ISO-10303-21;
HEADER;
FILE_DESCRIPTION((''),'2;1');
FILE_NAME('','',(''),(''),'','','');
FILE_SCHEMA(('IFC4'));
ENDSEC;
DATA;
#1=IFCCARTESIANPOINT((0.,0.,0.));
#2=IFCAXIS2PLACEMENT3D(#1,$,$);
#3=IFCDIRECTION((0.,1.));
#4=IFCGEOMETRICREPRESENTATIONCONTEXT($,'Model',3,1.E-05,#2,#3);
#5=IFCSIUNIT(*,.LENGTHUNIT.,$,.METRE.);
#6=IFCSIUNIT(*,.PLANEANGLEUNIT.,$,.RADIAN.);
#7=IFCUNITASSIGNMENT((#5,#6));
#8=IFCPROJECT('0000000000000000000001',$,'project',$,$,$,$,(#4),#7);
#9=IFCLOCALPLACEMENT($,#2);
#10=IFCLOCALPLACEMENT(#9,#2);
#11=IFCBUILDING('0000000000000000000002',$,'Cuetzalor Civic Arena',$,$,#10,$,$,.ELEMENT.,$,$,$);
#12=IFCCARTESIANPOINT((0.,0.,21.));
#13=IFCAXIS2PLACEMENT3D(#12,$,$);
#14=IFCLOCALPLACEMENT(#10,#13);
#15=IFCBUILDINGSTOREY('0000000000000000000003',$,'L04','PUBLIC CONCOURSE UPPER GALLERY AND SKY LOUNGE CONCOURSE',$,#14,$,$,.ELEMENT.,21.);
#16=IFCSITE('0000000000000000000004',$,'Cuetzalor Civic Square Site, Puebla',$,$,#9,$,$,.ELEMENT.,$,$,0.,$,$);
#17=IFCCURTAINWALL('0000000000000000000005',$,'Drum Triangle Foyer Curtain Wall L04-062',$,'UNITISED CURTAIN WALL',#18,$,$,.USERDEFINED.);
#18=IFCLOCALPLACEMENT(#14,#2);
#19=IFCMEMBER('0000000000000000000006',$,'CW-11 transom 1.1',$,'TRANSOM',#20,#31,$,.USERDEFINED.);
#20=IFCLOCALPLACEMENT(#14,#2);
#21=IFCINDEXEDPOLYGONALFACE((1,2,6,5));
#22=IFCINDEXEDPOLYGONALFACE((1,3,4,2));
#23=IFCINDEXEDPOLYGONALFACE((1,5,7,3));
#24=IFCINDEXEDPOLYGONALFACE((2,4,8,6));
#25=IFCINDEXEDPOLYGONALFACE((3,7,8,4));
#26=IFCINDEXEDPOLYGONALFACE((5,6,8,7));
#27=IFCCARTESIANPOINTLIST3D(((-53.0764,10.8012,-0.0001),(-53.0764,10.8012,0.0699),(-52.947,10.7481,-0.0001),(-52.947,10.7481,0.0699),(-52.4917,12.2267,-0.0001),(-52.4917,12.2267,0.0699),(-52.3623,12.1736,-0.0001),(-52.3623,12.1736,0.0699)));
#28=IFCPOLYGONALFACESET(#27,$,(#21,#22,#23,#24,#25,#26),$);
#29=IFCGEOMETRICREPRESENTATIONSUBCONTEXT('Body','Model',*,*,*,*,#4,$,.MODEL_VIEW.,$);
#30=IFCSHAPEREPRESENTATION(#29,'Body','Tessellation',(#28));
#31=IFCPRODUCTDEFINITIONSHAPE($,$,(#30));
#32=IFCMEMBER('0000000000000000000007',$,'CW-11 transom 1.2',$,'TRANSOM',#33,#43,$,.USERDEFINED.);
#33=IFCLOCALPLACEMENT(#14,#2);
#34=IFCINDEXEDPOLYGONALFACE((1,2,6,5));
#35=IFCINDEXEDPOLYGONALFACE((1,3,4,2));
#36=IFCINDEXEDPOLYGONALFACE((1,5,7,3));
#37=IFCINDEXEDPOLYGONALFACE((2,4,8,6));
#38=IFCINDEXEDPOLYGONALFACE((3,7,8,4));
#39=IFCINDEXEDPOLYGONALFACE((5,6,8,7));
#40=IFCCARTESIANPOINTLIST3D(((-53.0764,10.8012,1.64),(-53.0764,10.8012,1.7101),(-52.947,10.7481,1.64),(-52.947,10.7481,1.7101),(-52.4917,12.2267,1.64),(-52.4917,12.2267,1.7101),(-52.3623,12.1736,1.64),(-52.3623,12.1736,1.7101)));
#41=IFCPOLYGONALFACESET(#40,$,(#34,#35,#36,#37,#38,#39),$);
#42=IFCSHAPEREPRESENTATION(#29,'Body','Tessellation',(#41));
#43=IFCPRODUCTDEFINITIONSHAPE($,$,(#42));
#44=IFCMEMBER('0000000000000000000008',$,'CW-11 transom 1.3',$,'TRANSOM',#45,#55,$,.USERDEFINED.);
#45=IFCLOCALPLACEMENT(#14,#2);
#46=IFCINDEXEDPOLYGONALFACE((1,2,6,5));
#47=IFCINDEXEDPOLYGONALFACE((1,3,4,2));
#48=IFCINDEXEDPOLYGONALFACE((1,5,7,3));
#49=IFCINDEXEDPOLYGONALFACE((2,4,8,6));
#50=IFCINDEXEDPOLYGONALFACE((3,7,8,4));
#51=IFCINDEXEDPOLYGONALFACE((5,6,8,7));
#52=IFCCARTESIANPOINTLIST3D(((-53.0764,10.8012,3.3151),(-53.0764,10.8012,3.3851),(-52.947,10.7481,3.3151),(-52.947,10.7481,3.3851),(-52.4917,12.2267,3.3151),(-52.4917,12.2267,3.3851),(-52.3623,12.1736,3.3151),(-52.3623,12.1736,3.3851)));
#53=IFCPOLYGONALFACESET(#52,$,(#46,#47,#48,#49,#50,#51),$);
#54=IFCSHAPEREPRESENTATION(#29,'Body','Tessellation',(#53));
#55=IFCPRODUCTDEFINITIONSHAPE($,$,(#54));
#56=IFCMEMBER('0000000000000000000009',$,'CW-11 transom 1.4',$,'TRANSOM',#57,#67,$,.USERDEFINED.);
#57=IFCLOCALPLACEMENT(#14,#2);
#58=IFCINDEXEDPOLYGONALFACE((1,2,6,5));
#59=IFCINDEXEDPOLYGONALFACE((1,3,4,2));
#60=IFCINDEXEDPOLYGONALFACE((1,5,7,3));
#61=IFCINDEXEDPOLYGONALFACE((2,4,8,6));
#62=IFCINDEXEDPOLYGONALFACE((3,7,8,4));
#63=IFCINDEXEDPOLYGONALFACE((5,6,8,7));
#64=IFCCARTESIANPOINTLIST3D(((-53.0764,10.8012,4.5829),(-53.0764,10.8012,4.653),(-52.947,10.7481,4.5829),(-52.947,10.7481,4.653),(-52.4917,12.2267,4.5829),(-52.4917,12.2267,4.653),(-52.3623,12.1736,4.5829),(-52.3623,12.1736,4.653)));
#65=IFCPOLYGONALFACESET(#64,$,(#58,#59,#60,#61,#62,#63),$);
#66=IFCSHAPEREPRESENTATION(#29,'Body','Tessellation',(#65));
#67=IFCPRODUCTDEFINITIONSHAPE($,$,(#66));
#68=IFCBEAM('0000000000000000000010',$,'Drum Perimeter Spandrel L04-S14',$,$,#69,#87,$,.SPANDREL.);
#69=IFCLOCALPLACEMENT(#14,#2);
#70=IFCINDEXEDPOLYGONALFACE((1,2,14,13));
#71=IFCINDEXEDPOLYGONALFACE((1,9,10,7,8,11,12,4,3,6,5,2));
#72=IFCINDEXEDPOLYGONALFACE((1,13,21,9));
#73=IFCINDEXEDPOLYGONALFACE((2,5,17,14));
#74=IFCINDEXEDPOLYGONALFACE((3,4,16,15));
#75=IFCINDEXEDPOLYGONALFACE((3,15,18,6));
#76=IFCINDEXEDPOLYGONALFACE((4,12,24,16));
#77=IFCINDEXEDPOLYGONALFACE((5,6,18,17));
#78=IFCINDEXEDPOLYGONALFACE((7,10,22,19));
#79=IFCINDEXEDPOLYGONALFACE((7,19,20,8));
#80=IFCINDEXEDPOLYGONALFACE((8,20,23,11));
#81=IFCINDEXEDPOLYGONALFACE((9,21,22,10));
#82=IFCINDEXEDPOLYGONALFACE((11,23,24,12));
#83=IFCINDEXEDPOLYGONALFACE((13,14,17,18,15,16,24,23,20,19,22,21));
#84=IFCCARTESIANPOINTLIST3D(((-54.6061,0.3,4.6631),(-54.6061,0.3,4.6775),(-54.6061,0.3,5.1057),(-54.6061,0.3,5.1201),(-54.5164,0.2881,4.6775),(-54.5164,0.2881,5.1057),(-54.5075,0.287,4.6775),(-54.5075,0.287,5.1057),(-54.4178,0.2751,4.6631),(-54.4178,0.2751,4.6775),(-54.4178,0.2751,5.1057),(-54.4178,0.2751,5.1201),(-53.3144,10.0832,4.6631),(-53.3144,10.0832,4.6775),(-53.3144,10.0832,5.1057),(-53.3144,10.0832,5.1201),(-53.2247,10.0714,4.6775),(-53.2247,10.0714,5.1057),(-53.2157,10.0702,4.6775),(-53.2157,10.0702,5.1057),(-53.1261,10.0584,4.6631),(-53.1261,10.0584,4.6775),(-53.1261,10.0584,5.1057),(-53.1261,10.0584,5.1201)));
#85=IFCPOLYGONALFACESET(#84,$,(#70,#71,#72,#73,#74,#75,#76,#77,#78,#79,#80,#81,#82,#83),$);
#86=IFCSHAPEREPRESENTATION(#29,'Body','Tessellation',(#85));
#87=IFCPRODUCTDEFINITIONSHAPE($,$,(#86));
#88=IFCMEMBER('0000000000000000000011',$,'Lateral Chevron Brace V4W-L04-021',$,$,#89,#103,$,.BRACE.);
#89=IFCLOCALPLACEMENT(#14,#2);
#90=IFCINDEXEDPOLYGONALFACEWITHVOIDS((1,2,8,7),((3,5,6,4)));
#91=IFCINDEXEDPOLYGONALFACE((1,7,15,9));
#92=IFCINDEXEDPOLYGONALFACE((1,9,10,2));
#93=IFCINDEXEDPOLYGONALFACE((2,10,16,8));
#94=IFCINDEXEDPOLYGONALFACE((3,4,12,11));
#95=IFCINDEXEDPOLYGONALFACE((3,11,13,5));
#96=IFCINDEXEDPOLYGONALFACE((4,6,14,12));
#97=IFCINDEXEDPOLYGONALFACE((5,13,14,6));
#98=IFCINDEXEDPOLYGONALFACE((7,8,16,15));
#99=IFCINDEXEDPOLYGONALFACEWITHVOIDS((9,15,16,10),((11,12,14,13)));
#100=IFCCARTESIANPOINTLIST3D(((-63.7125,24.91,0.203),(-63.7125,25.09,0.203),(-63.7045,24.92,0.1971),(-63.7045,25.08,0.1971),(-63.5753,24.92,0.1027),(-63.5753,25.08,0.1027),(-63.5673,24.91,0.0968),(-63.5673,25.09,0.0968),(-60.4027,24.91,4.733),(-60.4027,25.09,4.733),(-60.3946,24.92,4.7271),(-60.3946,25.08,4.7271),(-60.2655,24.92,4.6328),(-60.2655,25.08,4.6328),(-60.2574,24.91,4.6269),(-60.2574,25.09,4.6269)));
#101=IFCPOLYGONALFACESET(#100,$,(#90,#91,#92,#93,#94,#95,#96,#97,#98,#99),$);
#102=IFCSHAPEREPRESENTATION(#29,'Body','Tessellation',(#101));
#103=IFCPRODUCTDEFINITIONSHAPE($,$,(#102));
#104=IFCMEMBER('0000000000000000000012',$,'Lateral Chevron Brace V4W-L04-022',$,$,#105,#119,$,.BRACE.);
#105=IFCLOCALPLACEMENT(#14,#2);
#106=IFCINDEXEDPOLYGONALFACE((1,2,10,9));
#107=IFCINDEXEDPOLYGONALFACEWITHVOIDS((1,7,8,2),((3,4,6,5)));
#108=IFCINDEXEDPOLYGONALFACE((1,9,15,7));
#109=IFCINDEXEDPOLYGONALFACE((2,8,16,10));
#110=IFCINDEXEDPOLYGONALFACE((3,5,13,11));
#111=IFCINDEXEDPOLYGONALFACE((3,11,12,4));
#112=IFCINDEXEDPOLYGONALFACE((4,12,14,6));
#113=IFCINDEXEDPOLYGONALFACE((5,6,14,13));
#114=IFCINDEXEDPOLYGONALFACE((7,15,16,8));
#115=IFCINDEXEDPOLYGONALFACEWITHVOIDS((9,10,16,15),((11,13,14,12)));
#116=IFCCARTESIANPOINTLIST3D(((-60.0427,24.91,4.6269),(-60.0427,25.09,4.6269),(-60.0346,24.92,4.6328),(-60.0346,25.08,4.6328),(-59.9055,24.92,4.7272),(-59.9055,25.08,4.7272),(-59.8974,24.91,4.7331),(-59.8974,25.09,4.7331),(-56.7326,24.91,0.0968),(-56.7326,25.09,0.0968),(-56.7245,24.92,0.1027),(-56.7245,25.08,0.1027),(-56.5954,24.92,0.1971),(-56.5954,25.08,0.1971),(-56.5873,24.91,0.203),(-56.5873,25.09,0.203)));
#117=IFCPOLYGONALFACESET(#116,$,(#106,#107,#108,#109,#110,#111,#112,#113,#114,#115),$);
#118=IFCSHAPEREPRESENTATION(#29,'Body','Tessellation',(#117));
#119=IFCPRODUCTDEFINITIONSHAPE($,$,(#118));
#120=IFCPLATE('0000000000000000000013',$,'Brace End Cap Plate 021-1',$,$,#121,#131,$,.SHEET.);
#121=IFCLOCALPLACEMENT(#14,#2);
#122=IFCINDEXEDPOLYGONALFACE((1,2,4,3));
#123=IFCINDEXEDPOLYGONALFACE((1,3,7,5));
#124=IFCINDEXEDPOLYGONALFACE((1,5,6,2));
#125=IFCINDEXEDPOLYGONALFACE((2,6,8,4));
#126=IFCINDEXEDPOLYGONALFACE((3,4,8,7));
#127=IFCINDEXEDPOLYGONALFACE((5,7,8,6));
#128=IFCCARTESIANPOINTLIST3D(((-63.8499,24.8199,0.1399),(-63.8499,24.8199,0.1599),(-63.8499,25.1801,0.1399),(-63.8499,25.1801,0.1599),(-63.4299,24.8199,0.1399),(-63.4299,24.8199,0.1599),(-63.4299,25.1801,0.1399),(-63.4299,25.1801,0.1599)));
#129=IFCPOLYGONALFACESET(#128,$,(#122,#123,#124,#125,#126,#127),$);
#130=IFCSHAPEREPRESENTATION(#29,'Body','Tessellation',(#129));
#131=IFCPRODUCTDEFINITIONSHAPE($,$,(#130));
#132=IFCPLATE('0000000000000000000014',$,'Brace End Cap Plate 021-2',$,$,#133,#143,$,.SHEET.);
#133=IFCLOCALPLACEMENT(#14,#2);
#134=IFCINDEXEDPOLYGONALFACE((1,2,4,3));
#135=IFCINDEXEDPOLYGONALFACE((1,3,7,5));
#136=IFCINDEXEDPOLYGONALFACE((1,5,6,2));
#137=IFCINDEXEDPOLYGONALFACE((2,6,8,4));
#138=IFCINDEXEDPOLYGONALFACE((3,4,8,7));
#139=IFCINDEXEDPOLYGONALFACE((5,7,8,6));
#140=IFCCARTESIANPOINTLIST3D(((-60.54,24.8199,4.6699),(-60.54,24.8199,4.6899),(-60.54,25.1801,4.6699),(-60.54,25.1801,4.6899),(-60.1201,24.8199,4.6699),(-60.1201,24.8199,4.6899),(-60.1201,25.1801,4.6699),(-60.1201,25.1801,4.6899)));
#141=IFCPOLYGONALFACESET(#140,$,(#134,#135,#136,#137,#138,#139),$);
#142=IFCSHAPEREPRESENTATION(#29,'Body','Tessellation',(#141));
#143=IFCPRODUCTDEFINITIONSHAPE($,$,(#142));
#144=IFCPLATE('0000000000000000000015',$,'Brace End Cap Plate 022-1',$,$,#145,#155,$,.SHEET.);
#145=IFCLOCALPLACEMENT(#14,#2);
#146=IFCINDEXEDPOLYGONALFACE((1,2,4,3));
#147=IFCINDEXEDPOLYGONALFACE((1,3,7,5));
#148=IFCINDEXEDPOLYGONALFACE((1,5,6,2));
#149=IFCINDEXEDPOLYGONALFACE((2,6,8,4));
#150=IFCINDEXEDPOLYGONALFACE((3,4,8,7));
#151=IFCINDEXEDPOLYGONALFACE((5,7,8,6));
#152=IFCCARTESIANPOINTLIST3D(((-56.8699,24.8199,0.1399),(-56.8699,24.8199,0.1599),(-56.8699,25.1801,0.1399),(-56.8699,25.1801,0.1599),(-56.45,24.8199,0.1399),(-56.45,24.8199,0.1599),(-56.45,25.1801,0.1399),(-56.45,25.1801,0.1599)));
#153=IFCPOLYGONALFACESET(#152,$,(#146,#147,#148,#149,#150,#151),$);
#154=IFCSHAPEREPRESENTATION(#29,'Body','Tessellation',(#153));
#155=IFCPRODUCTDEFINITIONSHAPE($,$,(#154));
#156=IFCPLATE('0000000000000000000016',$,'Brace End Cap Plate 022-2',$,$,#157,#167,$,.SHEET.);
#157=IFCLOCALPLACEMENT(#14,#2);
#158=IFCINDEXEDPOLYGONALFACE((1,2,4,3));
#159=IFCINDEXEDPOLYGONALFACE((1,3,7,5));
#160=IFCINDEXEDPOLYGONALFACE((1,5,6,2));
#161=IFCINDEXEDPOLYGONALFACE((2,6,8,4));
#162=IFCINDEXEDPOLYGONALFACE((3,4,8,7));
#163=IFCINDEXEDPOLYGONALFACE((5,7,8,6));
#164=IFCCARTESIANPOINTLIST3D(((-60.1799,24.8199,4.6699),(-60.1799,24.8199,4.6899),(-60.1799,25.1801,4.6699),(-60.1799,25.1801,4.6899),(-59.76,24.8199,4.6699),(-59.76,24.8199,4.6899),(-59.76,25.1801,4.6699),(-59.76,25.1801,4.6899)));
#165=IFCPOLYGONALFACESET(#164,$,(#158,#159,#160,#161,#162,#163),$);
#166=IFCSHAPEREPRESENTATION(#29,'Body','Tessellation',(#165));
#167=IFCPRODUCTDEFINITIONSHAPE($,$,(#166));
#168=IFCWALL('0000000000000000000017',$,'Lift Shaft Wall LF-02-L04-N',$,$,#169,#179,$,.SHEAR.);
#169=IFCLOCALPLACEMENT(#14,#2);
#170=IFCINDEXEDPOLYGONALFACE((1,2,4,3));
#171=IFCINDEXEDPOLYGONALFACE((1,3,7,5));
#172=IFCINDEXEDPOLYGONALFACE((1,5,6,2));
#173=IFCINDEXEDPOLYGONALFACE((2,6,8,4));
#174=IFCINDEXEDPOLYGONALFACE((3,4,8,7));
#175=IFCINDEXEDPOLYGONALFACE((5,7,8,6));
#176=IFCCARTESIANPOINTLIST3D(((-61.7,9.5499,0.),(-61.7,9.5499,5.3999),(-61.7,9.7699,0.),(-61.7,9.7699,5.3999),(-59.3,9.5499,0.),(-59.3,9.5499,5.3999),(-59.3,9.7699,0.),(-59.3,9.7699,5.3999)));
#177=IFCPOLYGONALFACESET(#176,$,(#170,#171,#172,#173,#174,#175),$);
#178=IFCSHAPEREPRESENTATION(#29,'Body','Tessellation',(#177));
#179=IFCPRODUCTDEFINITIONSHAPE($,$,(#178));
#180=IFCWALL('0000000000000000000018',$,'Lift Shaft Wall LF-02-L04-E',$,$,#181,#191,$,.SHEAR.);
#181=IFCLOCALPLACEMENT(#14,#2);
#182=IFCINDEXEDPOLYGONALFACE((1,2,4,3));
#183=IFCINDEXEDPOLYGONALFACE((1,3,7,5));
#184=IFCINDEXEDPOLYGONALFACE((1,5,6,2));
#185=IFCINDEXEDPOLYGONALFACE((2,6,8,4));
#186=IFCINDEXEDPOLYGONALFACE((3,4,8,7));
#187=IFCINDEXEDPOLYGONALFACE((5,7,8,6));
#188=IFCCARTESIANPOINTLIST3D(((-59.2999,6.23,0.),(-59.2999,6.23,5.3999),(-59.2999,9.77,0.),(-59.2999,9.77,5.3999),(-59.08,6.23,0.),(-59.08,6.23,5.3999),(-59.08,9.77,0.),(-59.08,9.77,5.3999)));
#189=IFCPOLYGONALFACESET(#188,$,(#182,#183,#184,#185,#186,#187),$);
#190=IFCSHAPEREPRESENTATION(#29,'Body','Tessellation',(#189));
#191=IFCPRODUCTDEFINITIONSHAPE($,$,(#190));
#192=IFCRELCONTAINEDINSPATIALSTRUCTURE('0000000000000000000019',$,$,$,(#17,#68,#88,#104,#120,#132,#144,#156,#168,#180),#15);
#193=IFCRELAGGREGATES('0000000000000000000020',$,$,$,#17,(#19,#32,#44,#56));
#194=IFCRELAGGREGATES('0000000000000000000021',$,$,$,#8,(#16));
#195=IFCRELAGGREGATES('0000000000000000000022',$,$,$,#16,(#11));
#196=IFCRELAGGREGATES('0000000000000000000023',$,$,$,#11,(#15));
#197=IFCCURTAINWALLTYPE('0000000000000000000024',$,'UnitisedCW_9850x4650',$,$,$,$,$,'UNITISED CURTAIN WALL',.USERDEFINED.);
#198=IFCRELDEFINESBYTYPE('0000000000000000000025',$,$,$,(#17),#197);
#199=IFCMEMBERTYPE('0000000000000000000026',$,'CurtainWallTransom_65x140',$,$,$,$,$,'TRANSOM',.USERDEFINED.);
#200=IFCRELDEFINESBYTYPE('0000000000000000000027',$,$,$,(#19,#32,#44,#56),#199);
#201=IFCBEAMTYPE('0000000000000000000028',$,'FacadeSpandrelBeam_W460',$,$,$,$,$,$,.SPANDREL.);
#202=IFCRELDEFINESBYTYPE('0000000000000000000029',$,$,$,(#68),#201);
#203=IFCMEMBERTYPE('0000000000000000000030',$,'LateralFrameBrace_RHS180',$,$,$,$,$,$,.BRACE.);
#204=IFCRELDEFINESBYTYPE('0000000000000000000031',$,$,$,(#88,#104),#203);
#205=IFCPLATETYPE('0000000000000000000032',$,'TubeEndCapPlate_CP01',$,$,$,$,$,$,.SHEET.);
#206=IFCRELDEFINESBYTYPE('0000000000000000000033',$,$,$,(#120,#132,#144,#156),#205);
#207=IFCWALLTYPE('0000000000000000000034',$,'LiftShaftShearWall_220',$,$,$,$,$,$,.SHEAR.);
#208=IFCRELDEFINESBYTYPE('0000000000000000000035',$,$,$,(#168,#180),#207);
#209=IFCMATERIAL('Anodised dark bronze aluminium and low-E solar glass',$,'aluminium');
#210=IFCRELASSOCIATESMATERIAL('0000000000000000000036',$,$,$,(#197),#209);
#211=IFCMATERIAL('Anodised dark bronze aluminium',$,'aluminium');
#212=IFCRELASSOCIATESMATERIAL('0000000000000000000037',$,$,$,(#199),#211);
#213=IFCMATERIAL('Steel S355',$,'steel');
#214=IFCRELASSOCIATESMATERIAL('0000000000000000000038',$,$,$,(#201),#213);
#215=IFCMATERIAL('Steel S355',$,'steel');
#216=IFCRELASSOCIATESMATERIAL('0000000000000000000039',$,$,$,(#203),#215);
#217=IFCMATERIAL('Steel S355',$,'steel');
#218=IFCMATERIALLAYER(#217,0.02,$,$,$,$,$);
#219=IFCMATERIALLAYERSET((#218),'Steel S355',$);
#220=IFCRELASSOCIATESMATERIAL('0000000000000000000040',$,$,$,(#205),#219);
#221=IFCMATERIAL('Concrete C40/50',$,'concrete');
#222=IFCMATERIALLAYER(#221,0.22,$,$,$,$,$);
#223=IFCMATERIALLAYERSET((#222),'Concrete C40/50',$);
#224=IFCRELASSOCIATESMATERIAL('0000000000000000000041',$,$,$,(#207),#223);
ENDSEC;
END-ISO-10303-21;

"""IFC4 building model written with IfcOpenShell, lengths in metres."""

from ifc_helpers import new_model, si_unit, direction, frame, frame_2d, origin, origin_2d, place, context, subcontext, project, spatial, rectangle, hollow_rectangle, i_section, extrude, material, layer, layer_set, material_profile, profile_set, type_object, element, aggregate, save


model = new_model("IFC4")

# Units and contexts
model_context = context("Model", 3, precision=1e-05, world=origin(), true_north=direction((0.0, 1.0)))
body_context = subcontext(model_context, "Body", "Model", "MODEL_VIEW")
ifc_project = project(units=[si_unit("LENGTHUNIT", "METRE"), si_unit("PLANEANGLEUNIT", "RADIAN")], contexts=[model_context])

# Site, building, storey
site_placement = place(None, origin())
site = spatial("IfcSite", under=ifc_project, at=site_placement, Name="Cuetzalor Civic Square Site, Puebla", CompositionType="ELEMENT", RefElevation=0.0)
building_placement = place(site_placement, origin())
building = spatial("IfcBuilding", under=site, at=building_placement, Name="Cuetzalor Civic Arena", CompositionType="ELEMENT")
storey_placement = place(building_placement, frame((0.0, 0.0, 21.0)))
storey = spatial("IfcBuildingStorey", under=building, at=storey_placement, Name="L04", Description="PUBLIC CONCOURSE UPPER GALLERY AND SKY LOUNGE CONCOURSE", CompositionType="ELEMENT", Elevation=21.0)

# Curtain wall, members
ifc_material_1 = material(Name="Anodised dark bronze aluminium and low-E solar glass", Category="aluminium")
curtain_wall_type = type_object("IfcCurtainWallType", Name="UnitisedCW_9850x4650", ElementType="UNITISED CURTAIN WALL", PredefinedType="USERDEFINED", material=ifc_material_1)
curtain_wall_placement = place(storey_placement, origin())
curtain_wall = element("IfcCurtainWall", 1, at=curtain_wall_placement, inside=storey, type_object=curtain_wall_type, Name="Drum Triangle Foyer Curtain Wall L04-062", ObjectType="UNITISED CURTAIN WALL", PredefinedType="USERDEFINED")
ifc_material_2 = material(Name="Anodised dark bronze aluminium", Category="aluminium")
ifc_material_profile_1 = material_profile(ifc_material_2, rectangle(XDim=0.1399, YDim=0.0701, at=origin_2d()), Name="ALU TRANSOM 70x140")
ifc_profile_set_1 = profile_set([ifc_material_profile_1], Name="Anodised dark bronze aluminium")
member_type_1 = type_object("IfcMemberType", Name="CurtainWallTransom_65x140", ElementType="TRANSOM", PredefinedType="USERDEFINED", material=ifc_profile_set_1)
member_1_placement = place(storey_placement, frame((-53.0117, 10.7747, 0.0349), z_axis=(0.37949, 0.925196, 0.0), x_axis=(-0.925196, 0.37949, 0.0)))
member_1 = element("IfcMember", 2, at=member_1_placement, type_object=member_type_1, Name="CW-11 transom 1.1", ObjectType="TRANSOM", PredefinedType="USERDEFINED", context=body_context, shape_type="SweptSolid", body=[
    extrude(rectangle(XDim=0.1399, YDim=0.0701, at=origin_2d()), origin(), (0.0, 0.0, 1.0), 1.5408),
])
member_2_placement = place(storey_placement, frame((-53.0117, 10.7747, 1.675), z_axis=(0.37949, 0.925196, 0.0), x_axis=(-0.925196, 0.37949, 0.0)))
member_2 = element("IfcMember", 3, at=member_2_placement, type_object=member_type_1, Name="CW-11 transom 1.2", ObjectType="TRANSOM", PredefinedType="USERDEFINED", context=body_context, shape_type="SweptSolid", body=[
    extrude(rectangle(XDim=0.1399, YDim=0.0701, at=origin_2d()), origin(), (0.0, 0.0, 1.0), 1.5408),
])
member_3_placement = place(storey_placement, frame((-53.0117, 10.7747, 3.3501), z_axis=(0.37949, 0.925196, 0.0), x_axis=(-0.925196, 0.37949, 0.0)))
member_3 = element("IfcMember", 4, at=member_3_placement, type_object=member_type_1, Name="CW-11 transom 1.3", ObjectType="TRANSOM", PredefinedType="USERDEFINED", context=body_context, shape_type="SweptSolid", body=[
    extrude(rectangle(XDim=0.1399, YDim=0.0701, at=origin_2d()), origin(), (0.0, 0.0, 1.0), 1.5408),
])
member_4_placement = place(storey_placement, frame((-53.0117, 10.7747, 4.6179), z_axis=(0.37949, 0.925196, 0.0), x_axis=(-0.925196, 0.37949, 0.0)))
member_4 = element("IfcMember", 5, at=member_4_placement, type_object=member_type_1, Name="CW-11 transom 1.4", ObjectType="TRANSOM", PredefinedType="USERDEFINED", context=body_context, shape_type="SweptSolid", body=[
    extrude(rectangle(XDim=0.1399, YDim=0.0701, at=origin_2d()), origin(), (0.0, 0.0, 1.0), 1.5408),
])
aggregate(curtain_wall, [member_1, member_2, member_3, member_4])

# Beam
ifc_material_3 = material(Name="Steel S355", Category="steel")
ifc_material_profile_2 = material_profile(ifc_material_3, i_section(OverallWidth=0.1899, OverallDepth=0.457, WebThickness=0.009, FlangeThickness=0.0144, at=origin_2d()), Name="W460x74")
ifc_profile_set_2 = profile_set([ifc_material_profile_2], Name="Steel S355")
beam_type_1 = type_object("IfcBeamType", Name="FacadeSpandrelBeam_W460", PredefinedType="SPANDREL", material=ifc_profile_set_2)
beam_1_placement = place(storey_placement, frame((-53.2202, 10.0708, 4.8916), z_axis=(-0.130901, -0.991395, 0.0), x_axis=(0.991395, -0.130901, 0.0)))
element("IfcBeam", 6, at=beam_1_placement, inside=storey, type_object=beam_type_1, Name="Drum Perimeter Spandrel L04-S14", PredefinedType="SPANDREL", context=body_context, shape_type="SweptSolid", body=[
    extrude(i_section(OverallWidth=0.1899, OverallDepth=0.457, WebThickness=0.009, FlangeThickness=0.0144, at=origin_2d()), origin(), (0.0, 0.0, 1.0), 9.8682),
])

# Members
ifc_material_4 = material(Name="Steel S355", Category="steel")
ifc_material_profile_3 = material_profile(ifc_material_4, hollow_rectangle(XDim=0.1799, YDim=0.1799, WallThickness=0.01, at=origin_2d()), Name="RHS 180x180x10")
ifc_profile_set_3 = profile_set([ifc_material_profile_3], Name="Steel S355")
member_type_2 = type_object("IfcMemberType", Name="LateralFrameBrace_RHS180", PredefinedType="BRACE", material=ifc_profile_set_3)
member_5_placement = place(storey_placement, frame((-63.6399, 25.0, 0.1499), z_axis=(0.589948, 0.0, 0.807441), x_axis=(0.0, 1.0, 0.0)))
element("IfcMember", 7, at=member_5_placement, inside=storey, type_object=member_type_2, Name="Lateral Chevron Brace V4W-L04-021", PredefinedType="BRACE", context=body_context, shape_type="SweptSolid", body=[
    extrude(hollow_rectangle(XDim=0.1799, YDim=0.1799, WallThickness=0.01, at=origin_2d()), origin(), (0.0, 0.0, 1.0), 5.6104),
])
member_6_placement = place(storey_placement, frame((-56.6599, 25.0, 0.1499), z_axis=(-0.589976, 0.0, 0.807421), x_axis=(0.0, -1.0, 0.0)))
element("IfcMember", 8, at=member_6_placement, inside=storey, type_object=member_type_2, Name="Lateral Chevron Brace V4W-L04-022", PredefinedType="BRACE", context=body_context, shape_type="SweptSolid", body=[
    extrude(hollow_rectangle(XDim=0.1799, YDim=0.1799, WallThickness=0.01, at=origin_2d()), origin(), (0.0, 0.0, 1.0), 5.6106),
])

# Plates
ifc_material_5 = material(Name="Steel S355", Category="steel")
ifc_layer_1 = layer(ifc_material_5, 0.02)
ifc_layer_set_1 = layer_set([ifc_layer_1], Name="Steel S355")
plate_type = type_object("IfcPlateType", Name="TubeEndCapPlate_CP01", PredefinedType="SHEET", material=ifc_layer_set_1)
for number, where, z_axis, x_axis, name in (
    (9, (-63.6399, 25.0, 0.1399), (0.0, 0.0, 1.0), (1.0, 0.0, 0.0), "Brace End Cap Plate 021-1"),
    (10, (-60.3301, 25.0, 4.6699), (0.0, 0.0, 1.0), (1.0, 0.0, 0.0), "Brace End Cap Plate 021-2"),
    (11, (-56.6599, 25.0, 0.1399), (0.0, 0.0, 1.0), (1.0, 0.0, 0.0), "Brace End Cap Plate 022-1"),
    (12, (-59.97, 25.0, 4.6699), (0.0, 0.0, 1.0), (1.0, 0.0, 0.0), "Brace End Cap Plate 022-2"),
):
    element("IfcPlate", number, at=place(storey_placement, frame(where, z_axis=z_axis, x_axis=x_axis)), inside=storey, type_object=plate_type, Name=name, PredefinedType="SHEET", context=body_context, shape_type="SweptSolid", body=[
        extrude(rectangle(XDim=0.4199, YDim=0.3601, at=origin_2d()), origin(), (0.0, 0.0, 1.0), 0.02),
    ])

# Walls
ifc_material_6 = material(Name="Concrete C40/50", Category="concrete")
ifc_layer_2 = layer(ifc_material_6, 0.22)
ifc_layer_set_2 = layer_set([ifc_layer_2], Name="Concrete C40/50")
wall_type = type_object("IfcWallType", Name="LiftShaftShearWall_220", PredefinedType="SHEAR", material=ifc_layer_set_2)
wall_1_placement = place(storey_placement, frame((-61.7, 9.6599, 0.0), z_axis=(0.0, 0.0, 1.0), x_axis=(1.0, 0.0, 0.0)))
element("IfcWall", 13, at=wall_1_placement, inside=storey, type_object=wall_type, Name="Lift Shaft Wall LF-02-L04-N", PredefinedType="SHEAR", context=body_context, shape_type="SweptSolid", body=[
    extrude(rectangle(XDim=2.3999, YDim=0.22, at=frame_2d((1.2, 0.0))), origin(), (0.0, 0.0, 1.0), 5.3999),
])
wall_2_placement = place(storey_placement, frame((-59.1899, 9.77, 0.0), z_axis=(0.0, 0.0, 1.0), x_axis=(0.0, -1.0, 0.0)))
element("IfcWall", 14, at=wall_2_placement, inside=storey, type_object=wall_type, Name="Lift Shaft Wall LF-02-L04-E", PredefinedType="SHEAR", context=body_context, shape_type="SweptSolid", body=[
    extrude(rectangle(XDim=3.54, YDim=0.22, at=frame_2d((1.77, 0.0))), origin(), (0.0, 0.0, 1.0), 5.3999),
])

save(model, "model.ifc")
